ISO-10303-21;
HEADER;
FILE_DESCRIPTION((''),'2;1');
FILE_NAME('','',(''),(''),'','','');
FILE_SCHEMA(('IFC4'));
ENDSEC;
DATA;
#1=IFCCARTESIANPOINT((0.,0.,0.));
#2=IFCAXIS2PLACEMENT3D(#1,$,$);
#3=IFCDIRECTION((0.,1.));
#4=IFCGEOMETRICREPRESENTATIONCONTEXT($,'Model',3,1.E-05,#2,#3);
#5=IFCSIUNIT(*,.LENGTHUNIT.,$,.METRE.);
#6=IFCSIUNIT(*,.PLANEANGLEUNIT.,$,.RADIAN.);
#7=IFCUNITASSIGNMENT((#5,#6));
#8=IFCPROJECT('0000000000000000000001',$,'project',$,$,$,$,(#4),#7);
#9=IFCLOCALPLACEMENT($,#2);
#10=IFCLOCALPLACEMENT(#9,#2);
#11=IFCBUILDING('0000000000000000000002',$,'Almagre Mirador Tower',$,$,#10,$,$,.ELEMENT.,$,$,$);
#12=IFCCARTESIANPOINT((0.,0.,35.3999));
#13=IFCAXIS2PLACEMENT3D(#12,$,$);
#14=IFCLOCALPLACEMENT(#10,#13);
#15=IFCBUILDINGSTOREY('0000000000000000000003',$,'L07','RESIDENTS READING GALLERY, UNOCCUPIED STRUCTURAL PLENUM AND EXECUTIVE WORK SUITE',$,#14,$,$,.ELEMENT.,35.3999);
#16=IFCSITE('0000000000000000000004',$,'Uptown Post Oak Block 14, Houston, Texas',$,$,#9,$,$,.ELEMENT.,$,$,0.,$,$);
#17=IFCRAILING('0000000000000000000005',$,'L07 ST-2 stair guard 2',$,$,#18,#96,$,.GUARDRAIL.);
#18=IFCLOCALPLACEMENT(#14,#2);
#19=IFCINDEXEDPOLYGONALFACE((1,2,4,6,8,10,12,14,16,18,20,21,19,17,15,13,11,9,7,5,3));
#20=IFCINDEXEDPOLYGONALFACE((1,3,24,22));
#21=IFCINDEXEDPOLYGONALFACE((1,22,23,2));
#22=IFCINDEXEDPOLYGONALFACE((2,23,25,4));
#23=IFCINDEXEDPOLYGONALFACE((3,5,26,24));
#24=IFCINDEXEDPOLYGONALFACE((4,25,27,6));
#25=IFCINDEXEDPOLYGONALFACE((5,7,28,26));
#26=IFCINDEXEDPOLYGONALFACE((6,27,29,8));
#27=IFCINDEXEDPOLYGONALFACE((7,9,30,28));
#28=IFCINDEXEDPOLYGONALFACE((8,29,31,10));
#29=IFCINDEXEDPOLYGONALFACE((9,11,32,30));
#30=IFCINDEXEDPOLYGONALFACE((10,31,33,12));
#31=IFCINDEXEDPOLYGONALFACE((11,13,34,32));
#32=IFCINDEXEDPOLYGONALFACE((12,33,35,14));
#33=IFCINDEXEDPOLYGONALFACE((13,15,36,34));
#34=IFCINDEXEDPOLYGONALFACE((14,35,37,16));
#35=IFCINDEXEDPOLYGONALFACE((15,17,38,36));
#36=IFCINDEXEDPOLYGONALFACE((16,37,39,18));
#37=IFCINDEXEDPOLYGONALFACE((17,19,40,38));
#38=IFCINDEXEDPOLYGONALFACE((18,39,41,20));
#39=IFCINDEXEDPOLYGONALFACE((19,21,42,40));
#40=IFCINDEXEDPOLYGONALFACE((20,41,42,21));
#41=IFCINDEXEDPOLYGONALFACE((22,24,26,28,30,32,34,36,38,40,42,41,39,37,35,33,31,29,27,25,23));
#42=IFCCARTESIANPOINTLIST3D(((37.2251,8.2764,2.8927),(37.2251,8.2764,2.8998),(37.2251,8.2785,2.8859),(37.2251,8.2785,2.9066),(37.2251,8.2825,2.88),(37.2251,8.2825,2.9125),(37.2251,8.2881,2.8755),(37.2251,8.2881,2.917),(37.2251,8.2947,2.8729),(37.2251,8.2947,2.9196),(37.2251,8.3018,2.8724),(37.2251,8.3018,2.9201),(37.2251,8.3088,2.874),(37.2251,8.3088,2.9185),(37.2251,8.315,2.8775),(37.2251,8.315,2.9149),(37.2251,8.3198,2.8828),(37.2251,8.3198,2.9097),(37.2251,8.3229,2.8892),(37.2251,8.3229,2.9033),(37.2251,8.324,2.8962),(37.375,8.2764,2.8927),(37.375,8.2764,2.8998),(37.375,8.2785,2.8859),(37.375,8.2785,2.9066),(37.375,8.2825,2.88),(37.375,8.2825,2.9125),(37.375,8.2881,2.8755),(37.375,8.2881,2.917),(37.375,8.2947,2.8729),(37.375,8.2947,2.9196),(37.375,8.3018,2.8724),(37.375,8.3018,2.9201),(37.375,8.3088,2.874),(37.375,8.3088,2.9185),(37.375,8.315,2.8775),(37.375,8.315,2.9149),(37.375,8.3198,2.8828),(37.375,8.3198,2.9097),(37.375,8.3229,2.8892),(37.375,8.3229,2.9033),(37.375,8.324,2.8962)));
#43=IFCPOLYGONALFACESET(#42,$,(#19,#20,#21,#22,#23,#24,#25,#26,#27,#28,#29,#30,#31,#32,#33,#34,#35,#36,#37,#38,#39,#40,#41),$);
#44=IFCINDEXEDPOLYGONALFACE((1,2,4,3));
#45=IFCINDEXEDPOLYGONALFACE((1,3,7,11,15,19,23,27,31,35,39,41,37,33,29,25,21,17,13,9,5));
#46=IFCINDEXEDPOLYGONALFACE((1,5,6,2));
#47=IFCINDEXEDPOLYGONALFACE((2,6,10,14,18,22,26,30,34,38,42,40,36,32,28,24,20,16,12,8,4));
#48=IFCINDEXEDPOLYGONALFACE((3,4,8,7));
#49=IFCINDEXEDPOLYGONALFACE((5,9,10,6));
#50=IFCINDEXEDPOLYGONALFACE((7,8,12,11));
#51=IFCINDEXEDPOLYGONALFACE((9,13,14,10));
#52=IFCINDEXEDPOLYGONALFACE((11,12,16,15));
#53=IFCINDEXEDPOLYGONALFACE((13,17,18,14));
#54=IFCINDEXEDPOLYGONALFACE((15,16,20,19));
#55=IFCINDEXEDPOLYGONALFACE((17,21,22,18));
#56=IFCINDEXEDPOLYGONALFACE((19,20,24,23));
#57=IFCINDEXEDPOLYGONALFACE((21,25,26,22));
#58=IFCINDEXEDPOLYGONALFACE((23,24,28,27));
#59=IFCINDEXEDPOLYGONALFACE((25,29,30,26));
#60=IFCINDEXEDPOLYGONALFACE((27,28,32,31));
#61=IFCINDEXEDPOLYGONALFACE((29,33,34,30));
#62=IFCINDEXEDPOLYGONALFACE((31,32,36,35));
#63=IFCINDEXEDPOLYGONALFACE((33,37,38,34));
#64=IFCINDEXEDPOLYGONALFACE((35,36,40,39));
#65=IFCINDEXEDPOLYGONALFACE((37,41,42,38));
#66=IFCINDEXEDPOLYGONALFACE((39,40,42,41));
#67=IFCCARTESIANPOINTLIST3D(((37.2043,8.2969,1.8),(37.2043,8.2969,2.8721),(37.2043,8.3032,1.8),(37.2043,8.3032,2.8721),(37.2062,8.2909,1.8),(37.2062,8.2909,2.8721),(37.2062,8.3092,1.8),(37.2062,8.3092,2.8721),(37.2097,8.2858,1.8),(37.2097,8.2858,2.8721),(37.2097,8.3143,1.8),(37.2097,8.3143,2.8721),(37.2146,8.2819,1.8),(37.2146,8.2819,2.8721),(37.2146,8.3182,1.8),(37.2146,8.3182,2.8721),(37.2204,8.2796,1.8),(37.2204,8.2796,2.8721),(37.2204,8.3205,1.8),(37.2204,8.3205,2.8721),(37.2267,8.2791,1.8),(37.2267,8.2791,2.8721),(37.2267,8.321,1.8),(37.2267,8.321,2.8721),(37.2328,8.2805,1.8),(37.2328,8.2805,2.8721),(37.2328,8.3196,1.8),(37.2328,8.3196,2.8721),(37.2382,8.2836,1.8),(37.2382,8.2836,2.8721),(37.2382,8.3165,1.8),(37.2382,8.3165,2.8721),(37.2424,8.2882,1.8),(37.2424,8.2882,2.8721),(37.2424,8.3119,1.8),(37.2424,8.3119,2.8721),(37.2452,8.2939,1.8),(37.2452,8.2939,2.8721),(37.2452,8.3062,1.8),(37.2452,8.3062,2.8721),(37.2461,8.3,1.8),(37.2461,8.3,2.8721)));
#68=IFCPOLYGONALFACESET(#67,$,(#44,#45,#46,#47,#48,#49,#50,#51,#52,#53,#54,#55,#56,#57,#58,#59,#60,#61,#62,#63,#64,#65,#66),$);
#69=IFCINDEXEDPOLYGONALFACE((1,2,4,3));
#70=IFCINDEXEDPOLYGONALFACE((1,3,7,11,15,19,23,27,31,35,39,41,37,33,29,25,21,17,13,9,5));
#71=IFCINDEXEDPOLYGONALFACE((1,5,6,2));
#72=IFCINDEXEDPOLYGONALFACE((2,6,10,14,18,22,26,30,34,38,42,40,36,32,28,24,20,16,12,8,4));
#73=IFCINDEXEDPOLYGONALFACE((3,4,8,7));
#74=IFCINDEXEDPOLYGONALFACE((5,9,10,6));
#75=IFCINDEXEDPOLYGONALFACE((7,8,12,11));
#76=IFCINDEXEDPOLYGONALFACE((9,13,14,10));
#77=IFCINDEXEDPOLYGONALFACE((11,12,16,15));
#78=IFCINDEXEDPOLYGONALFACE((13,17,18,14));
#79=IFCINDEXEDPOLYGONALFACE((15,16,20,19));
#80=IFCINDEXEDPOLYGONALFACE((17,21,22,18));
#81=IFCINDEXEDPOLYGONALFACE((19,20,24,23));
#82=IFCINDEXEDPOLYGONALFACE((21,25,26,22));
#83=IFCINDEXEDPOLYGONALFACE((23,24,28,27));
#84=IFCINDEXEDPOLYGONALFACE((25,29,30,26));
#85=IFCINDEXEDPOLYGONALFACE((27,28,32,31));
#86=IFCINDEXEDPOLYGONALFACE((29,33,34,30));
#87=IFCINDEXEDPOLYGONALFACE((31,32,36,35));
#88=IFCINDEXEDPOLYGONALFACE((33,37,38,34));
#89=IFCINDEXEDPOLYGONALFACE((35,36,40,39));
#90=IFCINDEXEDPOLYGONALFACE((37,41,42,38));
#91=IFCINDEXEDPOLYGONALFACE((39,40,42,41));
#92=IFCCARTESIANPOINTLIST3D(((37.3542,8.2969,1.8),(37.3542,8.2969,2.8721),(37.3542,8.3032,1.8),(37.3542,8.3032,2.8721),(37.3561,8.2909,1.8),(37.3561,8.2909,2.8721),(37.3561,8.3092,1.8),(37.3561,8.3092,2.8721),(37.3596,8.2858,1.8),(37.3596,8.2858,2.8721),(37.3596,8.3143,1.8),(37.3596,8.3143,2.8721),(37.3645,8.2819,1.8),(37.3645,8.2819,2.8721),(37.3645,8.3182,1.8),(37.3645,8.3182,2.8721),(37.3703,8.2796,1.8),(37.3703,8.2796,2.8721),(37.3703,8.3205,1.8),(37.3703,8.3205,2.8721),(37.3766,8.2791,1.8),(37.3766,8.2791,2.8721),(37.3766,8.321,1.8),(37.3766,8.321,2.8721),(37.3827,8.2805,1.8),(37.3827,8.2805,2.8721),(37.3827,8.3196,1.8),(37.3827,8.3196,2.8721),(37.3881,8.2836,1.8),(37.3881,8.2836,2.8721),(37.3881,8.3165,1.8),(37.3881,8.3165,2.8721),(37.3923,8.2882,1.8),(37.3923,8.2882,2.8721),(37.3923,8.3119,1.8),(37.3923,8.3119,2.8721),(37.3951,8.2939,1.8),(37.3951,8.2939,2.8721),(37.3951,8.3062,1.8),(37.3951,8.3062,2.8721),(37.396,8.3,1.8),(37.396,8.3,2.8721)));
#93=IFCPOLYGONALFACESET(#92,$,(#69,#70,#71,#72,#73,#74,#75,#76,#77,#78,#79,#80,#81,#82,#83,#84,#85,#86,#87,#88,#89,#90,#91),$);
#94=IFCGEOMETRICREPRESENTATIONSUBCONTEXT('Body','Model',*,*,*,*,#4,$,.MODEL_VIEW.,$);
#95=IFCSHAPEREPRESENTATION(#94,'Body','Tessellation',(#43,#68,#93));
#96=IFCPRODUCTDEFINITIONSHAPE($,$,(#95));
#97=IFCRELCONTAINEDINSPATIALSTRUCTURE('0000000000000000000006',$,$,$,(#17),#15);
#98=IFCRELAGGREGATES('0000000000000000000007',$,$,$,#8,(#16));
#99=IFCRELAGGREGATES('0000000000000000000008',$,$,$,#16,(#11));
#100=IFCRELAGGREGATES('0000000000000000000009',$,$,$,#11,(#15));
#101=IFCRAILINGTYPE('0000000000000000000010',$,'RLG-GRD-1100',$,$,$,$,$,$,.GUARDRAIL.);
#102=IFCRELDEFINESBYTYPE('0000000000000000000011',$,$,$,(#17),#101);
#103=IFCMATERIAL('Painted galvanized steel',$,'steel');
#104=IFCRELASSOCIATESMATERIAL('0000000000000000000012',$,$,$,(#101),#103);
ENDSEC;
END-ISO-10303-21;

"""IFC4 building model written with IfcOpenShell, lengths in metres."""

from ifc_helpers import new_model, si_unit, direction, frame, origin, origin_2d, place, context, subcontext, project, spatial, circle, extrude, material, type_object, element, save


model = new_model("IFC4")

# Units and contexts
model_context = context("Model", 3, precision=1e-05, world=origin(), true_north=direction((0.0, 1.0)))
body_context = subcontext(model_context, "Body", "Model", "MODEL_VIEW")
ifc_project = project(units=[si_unit("LENGTHUNIT", "METRE"), si_unit("PLANEANGLEUNIT", "RADIAN")], contexts=[model_context])

# Site, building, storey
site_placement = place(None, origin())
site = spatial("IfcSite", under=ifc_project, at=site_placement, Name="Uptown Post Oak Block 14, Houston, Texas", CompositionType="ELEMENT", RefElevation=0.0)
building_placement = place(site_placement, origin())
building = spatial("IfcBuilding", under=site, at=building_placement, Name="Almagre Mirador Tower", CompositionType="ELEMENT")
storey_placement = place(building_placement, frame((0.0, 0.0, 35.3999)))
storey = spatial("IfcBuildingStorey", under=building, at=storey_placement, Name="L07", Description="RESIDENTS READING GALLERY, UNOCCUPIED STRUCTURAL PLENUM AND EXECUTIVE WORK SUITE", CompositionType="ELEMENT", Elevation=35.3999)

# Railing
ifc_material_1 = material(Name="Painted galvanized steel", Category="steel")
railing_type_1 = type_object("IfcRailingType", Name="RLG-GRD-1100", PredefinedType="GUARDRAIL", material=ifc_material_1)
railing_1_placement = place(storey_placement, frame((37.2251, 8.3, 1.8)))
element("IfcRailing", 1, at=railing_1_placement, inside=storey, type_object=railing_type_1, Name="L07 ST-2 stair guard 2", PredefinedType="GUARDRAIL", context=body_context, shape_type="SweptSolid", body=[
    extrude(circle(Radius=0.0239, at=origin_2d()), frame((0.0, 0.0, 1.0962), z_axis=(1.0, 0.0, 0.0), x_axis=(0.0, 1.0, 0.0)), (0.0, 0.0, 1.0), 0.1499),
    extrude(circle(Radius=0.021, at=origin_2d()), origin(), (0.0, 0.0, 1.0), 1.072),
    extrude(circle(Radius=0.021, at=origin_2d()), frame((0.1499, 0.0, 0.0)), (0.0, 0.0, 1.0), 1.072),
])

save(model, "model.ifc")
